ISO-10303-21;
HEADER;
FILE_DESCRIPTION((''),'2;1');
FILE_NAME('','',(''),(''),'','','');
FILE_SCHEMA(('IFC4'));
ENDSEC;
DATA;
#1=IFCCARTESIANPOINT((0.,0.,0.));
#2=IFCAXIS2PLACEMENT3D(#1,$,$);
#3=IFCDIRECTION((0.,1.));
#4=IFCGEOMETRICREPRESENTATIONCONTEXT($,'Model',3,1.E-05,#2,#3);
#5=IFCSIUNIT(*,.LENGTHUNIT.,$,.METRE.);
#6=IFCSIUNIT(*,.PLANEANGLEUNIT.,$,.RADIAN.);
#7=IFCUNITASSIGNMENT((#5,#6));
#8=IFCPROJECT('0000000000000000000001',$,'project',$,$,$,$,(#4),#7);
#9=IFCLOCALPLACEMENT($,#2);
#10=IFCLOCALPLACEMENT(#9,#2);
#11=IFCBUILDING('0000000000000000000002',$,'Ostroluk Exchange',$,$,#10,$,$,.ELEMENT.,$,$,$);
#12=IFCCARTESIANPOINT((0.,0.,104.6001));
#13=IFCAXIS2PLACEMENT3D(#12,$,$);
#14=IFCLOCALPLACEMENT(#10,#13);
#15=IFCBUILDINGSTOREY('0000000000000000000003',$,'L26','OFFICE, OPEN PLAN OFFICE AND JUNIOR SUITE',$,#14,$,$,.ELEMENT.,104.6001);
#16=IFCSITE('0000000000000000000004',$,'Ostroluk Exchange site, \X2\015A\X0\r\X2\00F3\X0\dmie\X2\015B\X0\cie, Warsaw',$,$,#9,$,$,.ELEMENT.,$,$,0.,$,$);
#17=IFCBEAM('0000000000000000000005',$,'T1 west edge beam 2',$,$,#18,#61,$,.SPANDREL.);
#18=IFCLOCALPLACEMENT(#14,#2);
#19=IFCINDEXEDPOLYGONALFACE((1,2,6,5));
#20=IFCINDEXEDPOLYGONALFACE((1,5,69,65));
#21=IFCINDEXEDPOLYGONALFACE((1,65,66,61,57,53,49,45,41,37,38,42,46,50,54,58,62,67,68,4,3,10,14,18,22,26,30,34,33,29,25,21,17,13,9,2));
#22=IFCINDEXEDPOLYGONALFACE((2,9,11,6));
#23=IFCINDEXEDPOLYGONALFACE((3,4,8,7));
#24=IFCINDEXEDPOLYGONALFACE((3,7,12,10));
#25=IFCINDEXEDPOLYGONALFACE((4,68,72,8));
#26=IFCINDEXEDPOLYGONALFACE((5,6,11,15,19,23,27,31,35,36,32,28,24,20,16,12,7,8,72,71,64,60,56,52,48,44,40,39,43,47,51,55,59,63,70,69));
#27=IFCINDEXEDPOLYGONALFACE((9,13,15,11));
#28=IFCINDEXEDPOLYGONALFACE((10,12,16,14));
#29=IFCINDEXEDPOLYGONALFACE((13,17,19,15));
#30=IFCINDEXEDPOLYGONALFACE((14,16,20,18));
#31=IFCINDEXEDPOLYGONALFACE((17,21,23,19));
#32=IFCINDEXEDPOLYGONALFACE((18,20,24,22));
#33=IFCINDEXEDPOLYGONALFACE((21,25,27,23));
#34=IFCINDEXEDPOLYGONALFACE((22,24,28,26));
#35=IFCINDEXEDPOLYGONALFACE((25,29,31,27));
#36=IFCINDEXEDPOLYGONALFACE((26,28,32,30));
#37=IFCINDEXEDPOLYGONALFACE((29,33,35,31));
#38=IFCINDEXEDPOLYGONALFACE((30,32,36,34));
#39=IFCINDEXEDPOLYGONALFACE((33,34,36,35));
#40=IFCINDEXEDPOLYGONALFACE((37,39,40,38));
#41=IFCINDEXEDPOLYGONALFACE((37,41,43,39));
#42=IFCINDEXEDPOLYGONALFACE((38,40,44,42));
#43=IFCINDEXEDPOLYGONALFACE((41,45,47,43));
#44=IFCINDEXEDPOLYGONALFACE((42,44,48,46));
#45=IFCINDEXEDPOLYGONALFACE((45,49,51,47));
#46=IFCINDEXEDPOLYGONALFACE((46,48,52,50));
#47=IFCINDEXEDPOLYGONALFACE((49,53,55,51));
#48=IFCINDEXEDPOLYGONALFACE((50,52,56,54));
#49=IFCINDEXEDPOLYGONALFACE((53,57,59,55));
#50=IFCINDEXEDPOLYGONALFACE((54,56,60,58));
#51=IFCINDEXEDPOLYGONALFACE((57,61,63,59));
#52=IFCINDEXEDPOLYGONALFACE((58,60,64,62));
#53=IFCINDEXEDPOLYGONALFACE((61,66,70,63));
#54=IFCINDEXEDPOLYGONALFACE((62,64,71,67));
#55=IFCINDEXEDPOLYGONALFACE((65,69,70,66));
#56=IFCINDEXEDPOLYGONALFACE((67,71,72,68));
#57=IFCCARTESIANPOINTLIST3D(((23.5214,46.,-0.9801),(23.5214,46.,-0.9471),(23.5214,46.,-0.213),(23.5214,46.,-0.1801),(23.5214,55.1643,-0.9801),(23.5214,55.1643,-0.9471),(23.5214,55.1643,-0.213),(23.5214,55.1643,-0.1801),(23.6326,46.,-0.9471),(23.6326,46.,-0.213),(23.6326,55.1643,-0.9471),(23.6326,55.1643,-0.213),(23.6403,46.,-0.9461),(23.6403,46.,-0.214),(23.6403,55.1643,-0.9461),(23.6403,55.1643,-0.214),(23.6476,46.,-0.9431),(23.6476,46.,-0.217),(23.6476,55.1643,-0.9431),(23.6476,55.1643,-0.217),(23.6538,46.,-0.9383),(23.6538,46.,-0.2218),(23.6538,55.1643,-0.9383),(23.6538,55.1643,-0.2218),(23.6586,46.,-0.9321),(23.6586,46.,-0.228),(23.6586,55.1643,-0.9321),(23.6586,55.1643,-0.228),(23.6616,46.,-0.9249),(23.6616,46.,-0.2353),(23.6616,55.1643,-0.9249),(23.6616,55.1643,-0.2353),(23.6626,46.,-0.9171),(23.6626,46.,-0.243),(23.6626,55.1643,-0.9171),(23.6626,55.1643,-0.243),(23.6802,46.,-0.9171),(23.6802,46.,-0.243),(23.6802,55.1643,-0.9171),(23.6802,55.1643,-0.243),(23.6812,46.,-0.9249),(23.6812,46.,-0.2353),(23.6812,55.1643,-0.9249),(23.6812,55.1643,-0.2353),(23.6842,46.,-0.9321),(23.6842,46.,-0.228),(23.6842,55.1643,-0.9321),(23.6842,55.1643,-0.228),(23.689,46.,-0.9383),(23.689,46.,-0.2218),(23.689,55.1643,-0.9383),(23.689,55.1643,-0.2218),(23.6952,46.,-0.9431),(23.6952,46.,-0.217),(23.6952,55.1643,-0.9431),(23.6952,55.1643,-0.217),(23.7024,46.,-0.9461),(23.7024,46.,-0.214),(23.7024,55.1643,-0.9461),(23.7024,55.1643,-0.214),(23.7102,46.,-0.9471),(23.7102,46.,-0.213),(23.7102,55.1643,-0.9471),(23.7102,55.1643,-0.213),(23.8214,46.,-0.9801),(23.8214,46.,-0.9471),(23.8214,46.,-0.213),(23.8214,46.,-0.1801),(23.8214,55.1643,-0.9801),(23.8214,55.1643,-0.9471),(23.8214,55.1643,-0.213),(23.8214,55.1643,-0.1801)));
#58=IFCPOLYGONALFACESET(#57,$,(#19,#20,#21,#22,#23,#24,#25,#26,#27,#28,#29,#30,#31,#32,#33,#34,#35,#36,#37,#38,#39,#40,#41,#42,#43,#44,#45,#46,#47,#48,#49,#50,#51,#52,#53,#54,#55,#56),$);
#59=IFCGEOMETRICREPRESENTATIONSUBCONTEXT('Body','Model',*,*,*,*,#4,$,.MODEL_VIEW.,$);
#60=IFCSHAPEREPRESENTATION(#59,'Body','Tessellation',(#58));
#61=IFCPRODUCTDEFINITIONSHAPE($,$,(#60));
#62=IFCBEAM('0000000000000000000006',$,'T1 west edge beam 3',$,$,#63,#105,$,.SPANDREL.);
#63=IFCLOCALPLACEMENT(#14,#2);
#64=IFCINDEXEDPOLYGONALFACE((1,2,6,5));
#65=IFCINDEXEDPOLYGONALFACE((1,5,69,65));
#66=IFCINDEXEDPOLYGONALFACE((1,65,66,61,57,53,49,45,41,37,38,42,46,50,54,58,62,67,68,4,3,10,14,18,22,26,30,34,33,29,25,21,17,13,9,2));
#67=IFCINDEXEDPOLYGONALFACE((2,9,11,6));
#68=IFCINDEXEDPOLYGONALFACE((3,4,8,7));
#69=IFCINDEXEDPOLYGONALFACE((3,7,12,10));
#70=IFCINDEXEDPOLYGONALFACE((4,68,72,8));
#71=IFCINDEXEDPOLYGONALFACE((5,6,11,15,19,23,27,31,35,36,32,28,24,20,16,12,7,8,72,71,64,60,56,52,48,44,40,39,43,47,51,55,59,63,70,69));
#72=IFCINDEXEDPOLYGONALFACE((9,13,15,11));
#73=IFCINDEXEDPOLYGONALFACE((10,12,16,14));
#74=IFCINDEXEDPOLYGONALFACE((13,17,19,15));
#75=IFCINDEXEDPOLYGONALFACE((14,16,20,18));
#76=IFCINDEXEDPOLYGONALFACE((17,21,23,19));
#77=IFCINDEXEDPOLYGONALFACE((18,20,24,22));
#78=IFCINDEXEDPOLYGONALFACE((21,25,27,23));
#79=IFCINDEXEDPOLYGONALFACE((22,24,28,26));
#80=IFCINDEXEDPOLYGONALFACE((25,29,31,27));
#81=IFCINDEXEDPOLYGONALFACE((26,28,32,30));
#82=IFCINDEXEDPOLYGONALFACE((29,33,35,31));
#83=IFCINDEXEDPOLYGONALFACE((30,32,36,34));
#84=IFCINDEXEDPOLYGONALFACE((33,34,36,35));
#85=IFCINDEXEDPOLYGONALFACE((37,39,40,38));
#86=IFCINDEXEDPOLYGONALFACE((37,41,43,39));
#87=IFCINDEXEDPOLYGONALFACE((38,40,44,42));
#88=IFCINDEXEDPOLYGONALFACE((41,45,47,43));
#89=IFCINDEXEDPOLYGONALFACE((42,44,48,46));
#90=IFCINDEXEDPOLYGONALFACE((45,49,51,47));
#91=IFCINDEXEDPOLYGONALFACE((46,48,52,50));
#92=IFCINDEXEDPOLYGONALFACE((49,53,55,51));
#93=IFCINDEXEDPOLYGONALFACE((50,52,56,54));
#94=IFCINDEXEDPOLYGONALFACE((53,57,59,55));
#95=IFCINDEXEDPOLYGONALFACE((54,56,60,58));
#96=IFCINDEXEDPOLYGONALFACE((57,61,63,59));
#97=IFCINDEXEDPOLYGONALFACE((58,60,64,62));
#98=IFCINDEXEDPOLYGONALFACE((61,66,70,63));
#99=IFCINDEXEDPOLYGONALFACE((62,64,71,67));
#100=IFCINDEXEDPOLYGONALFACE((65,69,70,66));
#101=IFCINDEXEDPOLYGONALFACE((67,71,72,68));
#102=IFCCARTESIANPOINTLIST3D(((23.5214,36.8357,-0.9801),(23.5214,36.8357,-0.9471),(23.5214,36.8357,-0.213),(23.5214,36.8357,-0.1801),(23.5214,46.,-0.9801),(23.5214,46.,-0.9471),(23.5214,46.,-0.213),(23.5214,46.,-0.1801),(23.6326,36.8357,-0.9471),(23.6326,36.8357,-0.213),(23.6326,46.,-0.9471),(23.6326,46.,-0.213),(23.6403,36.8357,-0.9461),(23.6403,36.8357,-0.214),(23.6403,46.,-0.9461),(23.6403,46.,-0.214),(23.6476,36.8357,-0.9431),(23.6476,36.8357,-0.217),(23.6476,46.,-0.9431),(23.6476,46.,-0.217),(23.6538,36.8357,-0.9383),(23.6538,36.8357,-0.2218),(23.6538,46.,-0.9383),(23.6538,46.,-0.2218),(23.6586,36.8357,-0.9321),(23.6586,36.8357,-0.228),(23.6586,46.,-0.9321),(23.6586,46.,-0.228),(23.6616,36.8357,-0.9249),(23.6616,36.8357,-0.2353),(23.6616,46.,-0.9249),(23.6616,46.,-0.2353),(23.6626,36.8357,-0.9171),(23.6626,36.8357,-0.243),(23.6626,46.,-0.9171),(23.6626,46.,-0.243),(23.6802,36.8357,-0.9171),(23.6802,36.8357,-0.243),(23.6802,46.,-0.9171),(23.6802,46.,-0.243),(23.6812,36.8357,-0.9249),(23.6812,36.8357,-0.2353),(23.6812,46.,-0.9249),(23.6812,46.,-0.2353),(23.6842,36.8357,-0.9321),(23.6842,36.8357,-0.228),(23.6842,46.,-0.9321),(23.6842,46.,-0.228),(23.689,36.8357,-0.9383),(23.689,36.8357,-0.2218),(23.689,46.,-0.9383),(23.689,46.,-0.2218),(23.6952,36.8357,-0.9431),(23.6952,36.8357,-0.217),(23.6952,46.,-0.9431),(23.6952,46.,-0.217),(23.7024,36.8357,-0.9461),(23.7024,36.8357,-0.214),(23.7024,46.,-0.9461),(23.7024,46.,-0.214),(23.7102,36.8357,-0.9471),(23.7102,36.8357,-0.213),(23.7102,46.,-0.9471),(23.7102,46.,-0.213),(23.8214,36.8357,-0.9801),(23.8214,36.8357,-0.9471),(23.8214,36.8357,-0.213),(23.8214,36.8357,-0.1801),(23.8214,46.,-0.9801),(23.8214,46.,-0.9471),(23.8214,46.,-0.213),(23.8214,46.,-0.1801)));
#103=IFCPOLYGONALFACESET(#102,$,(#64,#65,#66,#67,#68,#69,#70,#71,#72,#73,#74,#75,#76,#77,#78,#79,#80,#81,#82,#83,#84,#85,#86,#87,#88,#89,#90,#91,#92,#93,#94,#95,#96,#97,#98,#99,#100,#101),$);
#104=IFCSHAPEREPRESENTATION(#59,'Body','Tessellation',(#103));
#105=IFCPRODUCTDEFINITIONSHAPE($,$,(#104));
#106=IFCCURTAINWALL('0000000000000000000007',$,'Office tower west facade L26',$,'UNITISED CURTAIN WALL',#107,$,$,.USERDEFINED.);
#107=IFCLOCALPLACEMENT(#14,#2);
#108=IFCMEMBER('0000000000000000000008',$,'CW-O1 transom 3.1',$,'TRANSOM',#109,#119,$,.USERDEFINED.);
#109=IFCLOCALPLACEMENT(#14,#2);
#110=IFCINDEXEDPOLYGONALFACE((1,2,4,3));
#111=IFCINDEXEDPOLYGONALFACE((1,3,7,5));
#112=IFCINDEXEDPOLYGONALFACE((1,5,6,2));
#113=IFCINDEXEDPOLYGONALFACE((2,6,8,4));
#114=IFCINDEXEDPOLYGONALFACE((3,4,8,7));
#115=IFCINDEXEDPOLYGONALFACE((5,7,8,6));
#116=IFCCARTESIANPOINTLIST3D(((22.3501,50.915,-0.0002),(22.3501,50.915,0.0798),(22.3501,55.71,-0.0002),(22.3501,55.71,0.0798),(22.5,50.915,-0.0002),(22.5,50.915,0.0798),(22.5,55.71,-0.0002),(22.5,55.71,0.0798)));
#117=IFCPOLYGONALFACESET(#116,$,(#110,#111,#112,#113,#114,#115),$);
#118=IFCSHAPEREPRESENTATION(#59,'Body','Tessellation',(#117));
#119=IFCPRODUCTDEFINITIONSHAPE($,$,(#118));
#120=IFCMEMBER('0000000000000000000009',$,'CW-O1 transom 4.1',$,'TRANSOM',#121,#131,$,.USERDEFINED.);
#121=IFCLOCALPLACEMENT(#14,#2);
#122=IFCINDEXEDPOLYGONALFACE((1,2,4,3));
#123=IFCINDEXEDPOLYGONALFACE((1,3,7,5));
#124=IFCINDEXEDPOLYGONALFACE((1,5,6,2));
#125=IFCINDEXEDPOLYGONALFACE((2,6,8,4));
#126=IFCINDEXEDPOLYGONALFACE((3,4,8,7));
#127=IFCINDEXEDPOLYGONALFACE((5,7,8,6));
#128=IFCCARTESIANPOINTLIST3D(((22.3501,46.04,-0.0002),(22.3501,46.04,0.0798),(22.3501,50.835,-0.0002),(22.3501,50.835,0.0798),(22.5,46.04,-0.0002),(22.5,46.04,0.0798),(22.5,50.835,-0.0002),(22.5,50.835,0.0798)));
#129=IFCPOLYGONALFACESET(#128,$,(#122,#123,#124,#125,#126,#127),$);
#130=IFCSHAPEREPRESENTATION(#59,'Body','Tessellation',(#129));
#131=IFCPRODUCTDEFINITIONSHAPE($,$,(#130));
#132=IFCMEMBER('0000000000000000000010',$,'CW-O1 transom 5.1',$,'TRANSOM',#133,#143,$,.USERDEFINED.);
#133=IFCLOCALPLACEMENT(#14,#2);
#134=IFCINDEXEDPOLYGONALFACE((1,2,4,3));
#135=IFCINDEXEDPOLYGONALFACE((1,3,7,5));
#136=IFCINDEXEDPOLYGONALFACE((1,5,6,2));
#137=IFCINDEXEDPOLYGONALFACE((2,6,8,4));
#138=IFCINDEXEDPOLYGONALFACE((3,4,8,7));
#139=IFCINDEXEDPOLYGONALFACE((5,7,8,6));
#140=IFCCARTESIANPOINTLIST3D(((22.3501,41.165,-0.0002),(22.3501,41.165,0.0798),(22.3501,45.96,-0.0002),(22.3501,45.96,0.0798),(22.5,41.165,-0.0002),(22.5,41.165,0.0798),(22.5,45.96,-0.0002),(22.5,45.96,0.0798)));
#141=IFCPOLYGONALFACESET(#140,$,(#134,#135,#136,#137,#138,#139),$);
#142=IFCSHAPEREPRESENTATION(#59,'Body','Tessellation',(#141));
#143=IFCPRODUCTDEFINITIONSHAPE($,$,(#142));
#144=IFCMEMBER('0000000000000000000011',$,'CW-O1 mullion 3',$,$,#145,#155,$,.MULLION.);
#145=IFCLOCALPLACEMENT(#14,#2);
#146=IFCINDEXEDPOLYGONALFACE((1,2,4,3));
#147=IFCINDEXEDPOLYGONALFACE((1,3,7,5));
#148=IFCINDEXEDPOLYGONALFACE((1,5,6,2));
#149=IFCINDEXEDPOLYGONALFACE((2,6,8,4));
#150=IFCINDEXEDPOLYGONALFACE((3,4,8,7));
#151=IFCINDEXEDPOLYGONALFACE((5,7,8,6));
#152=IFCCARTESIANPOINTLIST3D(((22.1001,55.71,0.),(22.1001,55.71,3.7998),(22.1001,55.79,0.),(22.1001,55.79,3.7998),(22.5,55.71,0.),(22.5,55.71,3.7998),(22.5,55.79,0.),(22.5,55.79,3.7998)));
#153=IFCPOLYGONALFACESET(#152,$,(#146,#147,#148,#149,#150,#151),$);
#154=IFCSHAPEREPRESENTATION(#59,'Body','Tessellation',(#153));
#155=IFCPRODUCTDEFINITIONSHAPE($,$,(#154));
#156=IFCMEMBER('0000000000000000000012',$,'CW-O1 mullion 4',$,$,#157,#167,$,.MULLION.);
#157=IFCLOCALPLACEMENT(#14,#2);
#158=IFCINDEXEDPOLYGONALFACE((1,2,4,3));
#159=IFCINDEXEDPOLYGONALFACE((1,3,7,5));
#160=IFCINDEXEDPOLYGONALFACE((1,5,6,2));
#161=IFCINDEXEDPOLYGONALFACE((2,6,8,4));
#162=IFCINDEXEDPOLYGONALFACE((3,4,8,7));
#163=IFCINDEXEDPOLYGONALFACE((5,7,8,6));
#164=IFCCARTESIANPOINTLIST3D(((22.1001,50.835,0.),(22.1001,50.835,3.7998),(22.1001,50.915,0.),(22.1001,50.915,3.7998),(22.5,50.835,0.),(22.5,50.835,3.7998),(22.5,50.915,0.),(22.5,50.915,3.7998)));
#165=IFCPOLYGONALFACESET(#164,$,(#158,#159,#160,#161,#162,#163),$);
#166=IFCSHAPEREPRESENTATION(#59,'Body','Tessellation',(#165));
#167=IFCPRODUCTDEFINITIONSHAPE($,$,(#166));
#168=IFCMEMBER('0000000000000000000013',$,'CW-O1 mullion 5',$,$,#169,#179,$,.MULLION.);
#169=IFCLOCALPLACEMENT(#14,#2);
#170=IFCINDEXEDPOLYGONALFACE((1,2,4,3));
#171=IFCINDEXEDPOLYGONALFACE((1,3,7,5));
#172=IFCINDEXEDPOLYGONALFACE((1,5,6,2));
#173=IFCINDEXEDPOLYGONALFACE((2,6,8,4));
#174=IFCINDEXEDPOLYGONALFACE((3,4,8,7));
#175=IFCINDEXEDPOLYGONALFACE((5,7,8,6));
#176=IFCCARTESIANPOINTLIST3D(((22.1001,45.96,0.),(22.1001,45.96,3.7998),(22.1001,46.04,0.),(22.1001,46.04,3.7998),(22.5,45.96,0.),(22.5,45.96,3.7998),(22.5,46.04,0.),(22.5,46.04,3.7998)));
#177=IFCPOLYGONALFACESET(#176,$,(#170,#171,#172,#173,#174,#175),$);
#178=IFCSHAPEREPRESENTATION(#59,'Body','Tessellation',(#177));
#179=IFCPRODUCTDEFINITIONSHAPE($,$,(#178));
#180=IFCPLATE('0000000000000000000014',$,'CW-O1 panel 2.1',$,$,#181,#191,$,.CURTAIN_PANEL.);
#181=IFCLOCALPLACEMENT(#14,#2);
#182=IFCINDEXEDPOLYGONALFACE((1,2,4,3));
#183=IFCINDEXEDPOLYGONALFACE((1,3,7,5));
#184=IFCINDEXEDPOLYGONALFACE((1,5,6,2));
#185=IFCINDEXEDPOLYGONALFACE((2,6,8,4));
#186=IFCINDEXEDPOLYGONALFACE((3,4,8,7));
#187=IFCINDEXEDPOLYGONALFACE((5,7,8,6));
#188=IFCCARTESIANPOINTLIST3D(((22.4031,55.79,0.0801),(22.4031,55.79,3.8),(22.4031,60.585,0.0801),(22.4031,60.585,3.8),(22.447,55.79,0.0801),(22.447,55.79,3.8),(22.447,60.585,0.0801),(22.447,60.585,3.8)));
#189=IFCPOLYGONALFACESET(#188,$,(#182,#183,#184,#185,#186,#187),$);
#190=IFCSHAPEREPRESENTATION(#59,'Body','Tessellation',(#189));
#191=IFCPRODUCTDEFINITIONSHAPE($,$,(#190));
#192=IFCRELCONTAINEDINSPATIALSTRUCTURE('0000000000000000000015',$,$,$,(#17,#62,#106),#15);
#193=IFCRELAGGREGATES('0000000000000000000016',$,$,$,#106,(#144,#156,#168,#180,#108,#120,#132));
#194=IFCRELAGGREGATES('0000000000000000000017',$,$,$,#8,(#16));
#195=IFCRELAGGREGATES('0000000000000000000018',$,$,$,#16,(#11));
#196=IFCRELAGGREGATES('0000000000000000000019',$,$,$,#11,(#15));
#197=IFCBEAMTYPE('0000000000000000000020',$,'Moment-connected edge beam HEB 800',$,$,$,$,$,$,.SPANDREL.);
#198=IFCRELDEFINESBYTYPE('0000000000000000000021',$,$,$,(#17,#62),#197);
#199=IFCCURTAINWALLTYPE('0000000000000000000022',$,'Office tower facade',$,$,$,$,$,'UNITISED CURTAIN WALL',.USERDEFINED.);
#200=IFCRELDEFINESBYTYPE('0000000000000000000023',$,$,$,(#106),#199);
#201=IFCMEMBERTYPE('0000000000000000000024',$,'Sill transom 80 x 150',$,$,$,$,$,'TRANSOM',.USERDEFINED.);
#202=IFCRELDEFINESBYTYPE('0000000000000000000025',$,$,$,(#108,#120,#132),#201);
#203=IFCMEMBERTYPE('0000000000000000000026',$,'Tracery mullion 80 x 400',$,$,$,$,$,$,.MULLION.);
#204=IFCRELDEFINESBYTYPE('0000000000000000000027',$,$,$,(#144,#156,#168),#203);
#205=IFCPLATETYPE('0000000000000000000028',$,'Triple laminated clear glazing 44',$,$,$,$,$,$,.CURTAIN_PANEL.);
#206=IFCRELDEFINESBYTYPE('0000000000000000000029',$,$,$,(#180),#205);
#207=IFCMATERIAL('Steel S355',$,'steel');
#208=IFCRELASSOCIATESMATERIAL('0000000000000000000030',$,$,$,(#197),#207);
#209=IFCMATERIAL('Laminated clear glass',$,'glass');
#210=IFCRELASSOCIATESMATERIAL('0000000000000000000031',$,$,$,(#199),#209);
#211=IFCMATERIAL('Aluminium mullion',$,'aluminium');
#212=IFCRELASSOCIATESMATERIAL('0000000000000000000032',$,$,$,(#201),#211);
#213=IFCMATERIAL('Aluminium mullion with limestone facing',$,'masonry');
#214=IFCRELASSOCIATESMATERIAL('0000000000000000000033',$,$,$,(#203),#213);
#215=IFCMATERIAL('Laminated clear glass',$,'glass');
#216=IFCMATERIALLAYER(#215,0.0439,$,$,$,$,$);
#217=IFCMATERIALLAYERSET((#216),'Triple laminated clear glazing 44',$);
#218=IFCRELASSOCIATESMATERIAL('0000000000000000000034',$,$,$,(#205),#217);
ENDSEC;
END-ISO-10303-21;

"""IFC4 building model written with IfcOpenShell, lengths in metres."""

from ifc_helpers import new_model, si_unit, direction, frame, origin, origin_2d, place, context, subcontext, project, spatial, rectangle, i_section, extrude, material, layer, layer_set, material_profile, profile_set, type_object, element, aggregate, save


model = new_model("IFC4")

# Units and contexts
model_context = context("Model", 3, precision=1e-05, world=origin(), true_north=direction((0.0, 1.0)))
body_context = subcontext(model_context, "Body", "Model", "MODEL_VIEW")
ifc_project = project(units=[si_unit("LENGTHUNIT", "METRE"), si_unit("PLANEANGLEUNIT", "RADIAN")], contexts=[model_context])

# Site, building, storey
site_placement = place(None, origin())
site = spatial("IfcSite", under=ifc_project, at=site_placement, Name="Ostroluk Exchange site, Śródmieście, Warsaw", CompositionType="ELEMENT", RefElevation=0.0)
building_placement = place(site_placement, origin())
building = spatial("IfcBuilding", under=site, at=building_placement, Name="Ostroluk Exchange", CompositionType="ELEMENT")
storey_placement = place(building_placement, frame((0.0, 0.0, 104.6001)))
storey = spatial("IfcBuildingStorey", under=building, at=storey_placement, Name="L26", Description="OFFICE, OPEN PLAN OFFICE AND JUNIOR SUITE", CompositionType="ELEMENT", Elevation=104.6001)

# Beams
ifc_material_1 = material(Name="Steel S355", Category="steel")
ifc_material_profile_1 = material_profile(ifc_material_1, i_section(OverallWidth=0.3, OverallDepth=0.8, WebThickness=0.0176, FlangeThickness=0.033, FilletRadius=0.03, at=origin_2d()), Name="HEB 800")
ifc_profile_set_1 = profile_set([ifc_material_profile_1], Name="Steel S355")
beam_type = type_object("IfcBeamType", Name="Moment-connected edge beam HEB 800", PredefinedType="SPANDREL", material=ifc_profile_set_1)
for number, where, z_axis, x_axis, name in (
    (1, (23.6714, 55.1643, -0.5801), (0.0, -1.0, 0.0), (1.0, 0.0, 0.0), "T1 west edge beam 2"),
    (2, (23.6714, 46.0, -0.5801), (0.0, -1.0, 0.0), (1.0, 0.0, 0.0), "T1 west edge beam 3"),
):
    element("IfcBeam", number, at=place(storey_placement, frame(where, z_axis=z_axis, x_axis=x_axis)), inside=storey, type_object=beam_type, Name=name, PredefinedType="SPANDREL", context=body_context, shape_type="SweptSolid", body=[
        extrude(i_section(OverallWidth=0.3, OverallDepth=0.8, WebThickness=0.0176, FlangeThickness=0.033, FilletRadius=0.03, at=origin_2d()), origin(), (0.0, 0.0, 1.0), 9.1643),
    ])

# Curtain wall, members, plate
ifc_material_2 = material(Name="Laminated clear glass", Category="glass")
curtain_wall_type = type_object("IfcCurtainWallType", Name="Office tower facade", ElementType="UNITISED CURTAIN WALL", PredefinedType="USERDEFINED", material=ifc_material_2)
curtain_wall_placement = place(storey_placement, origin())
curtain_wall = element("IfcCurtainWall", 3, at=curtain_wall_placement, inside=storey, type_object=curtain_wall_type, Name="Office tower west facade L26", ObjectType="UNITISED CURTAIN WALL", PredefinedType="USERDEFINED")
ifc_material_3 = material(Name="Aluminium mullion", Category="aluminium")
ifc_material_profile_2 = material_profile(ifc_material_3, rectangle(XDim=0.1499, YDim=0.0801, at=origin_2d()), Name="Sill transom 80 x 150")
ifc_profile_set_2 = profile_set([ifc_material_profile_2], Name="Aluminium mullion")
member_type_1 = type_object("IfcMemberType", Name="Sill transom 80 x 150", ElementType="TRANSOM", PredefinedType="USERDEFINED", material=ifc_profile_set_2)
member_1_placement = place(storey_placement, frame((22.425, 55.71, 0.0398), z_axis=(0.0, -1.0, 0.0), x_axis=(1.0, 0.0, 0.0)))
member_1 = element("IfcMember", 4, at=member_1_placement, type_object=member_type_1, Name="CW-O1 transom 3.1", ObjectType="TRANSOM", PredefinedType="USERDEFINED", context=body_context, shape_type="SweptSolid", body=[
    extrude(rectangle(XDim=0.1499, YDim=0.0801, at=origin_2d()), origin(), (0.0, 0.0, 1.0), 4.7949),
])
member_2_placement = place(storey_placement, frame((22.425, 50.835, 0.0398), z_axis=(0.0, -1.0, 0.0), x_axis=(1.0, 0.0, 0.0)))
member_2 = element("IfcMember", 5, at=member_2_placement, type_object=member_type_1, Name="CW-O1 transom 4.1", ObjectType="TRANSOM", PredefinedType="USERDEFINED", context=body_context, shape_type="SweptSolid", body=[
    extrude(rectangle(XDim=0.1499, YDim=0.0801, at=origin_2d()), origin(), (0.0, 0.0, 1.0), 4.7949),
])
member_3_placement = place(storey_placement, frame((22.425, 45.96, 0.0398), z_axis=(0.0, -1.0, 0.0), x_axis=(1.0, 0.0, 0.0)))
member_3 = element("IfcMember", 6, at=member_3_placement, type_object=member_type_1, Name="CW-O1 transom 5.1", ObjectType="TRANSOM", PredefinedType="USERDEFINED", context=body_context, shape_type="SweptSolid", body=[
    extrude(rectangle(XDim=0.1499, YDim=0.0801, at=origin_2d()), origin(), (0.0, 0.0, 1.0), 4.7949),
])
ifc_material_4 = material(Name="Aluminium mullion with limestone facing", Category="masonry")
ifc_material_profile_3 = material_profile(ifc_material_4, rectangle(XDim=0.3999, YDim=0.0801, at=origin_2d()), Name="Tracery mullion 80 x 400")
ifc_profile_set_3 = profile_set([ifc_material_profile_3], Name="Aluminium mullion with limestone facing")
member_type_2 = type_object("IfcMemberType", Name="Tracery mullion 80 x 400", PredefinedType="MULLION", material=ifc_profile_set_3)
member_4_placement = place(storey_placement, frame((22.3, 55.75, 0.0), z_axis=(0.0, 0.0, 1.0), x_axis=(1.0, 0.0, 0.0)))
member_4 = element("IfcMember", 7, at=member_4_placement, type_object=member_type_2, Name="CW-O1 mullion 3", PredefinedType="MULLION", context=body_context, shape_type="SweptSolid", body=[
    extrude(rectangle(XDim=0.3999, YDim=0.0801, at=origin_2d()), origin(), (0.0, 0.0, 1.0), 3.7998),
])
member_5_placement = place(storey_placement, frame((22.3, 50.875, 0.0), z_axis=(0.0, 0.0, 1.0), x_axis=(1.0, 0.0, 0.0)))
member_5 = element("IfcMember", 8, at=member_5_placement, type_object=member_type_2, Name="CW-O1 mullion 4", PredefinedType="MULLION", context=body_context, shape_type="SweptSolid", body=[
    extrude(rectangle(XDim=0.3999, YDim=0.0801, at=origin_2d()), origin(), (0.0, 0.0, 1.0), 3.7998),
])
member_6_placement = place(storey_placement, frame((22.3, 46.0, 0.0), z_axis=(0.0, 0.0, 1.0), x_axis=(1.0, 0.0, 0.0)))
member_6 = element("IfcMember", 9, at=member_6_placement, type_object=member_type_2, Name="CW-O1 mullion 5", PredefinedType="MULLION", context=body_context, shape_type="SweptSolid", body=[
    extrude(rectangle(XDim=0.3999, YDim=0.0801, at=origin_2d()), origin(), (0.0, 0.0, 1.0), 3.7998),
])
ifc_material_5 = material(Name="Laminated clear glass", Category="glass")
ifc_layer_1 = layer(ifc_material_5, 0.0439)
ifc_layer_set_1 = layer_set([ifc_layer_1], Name="Triple laminated clear glazing 44")
plate_type = type_object("IfcPlateType", Name="Triple laminated clear glazing 44", PredefinedType="CURTAIN_PANEL", material=ifc_layer_set_1)
plate_1_placement = place(storey_placement, frame((22.425, 58.1875, 0.0801), z_axis=(0.0, 0.0, 1.0), x_axis=(0.0, -1.0, 0.0)))
plate_1 = element("IfcPlate", 10, at=plate_1_placement, type_object=plate_type, Name="CW-O1 panel 2.1", PredefinedType="CURTAIN_PANEL", context=body_context, shape_type="SweptSolid", body=[
    extrude(rectangle(XDim=4.7949, YDim=0.0439, at=origin_2d()), origin(), (0.0, 0.0, 1.0), 3.72),
])
aggregate(curtain_wall, [member_4, member_5, member_6, plate_1, member_1, member_2, member_3])

save(model, "model.ifc")
